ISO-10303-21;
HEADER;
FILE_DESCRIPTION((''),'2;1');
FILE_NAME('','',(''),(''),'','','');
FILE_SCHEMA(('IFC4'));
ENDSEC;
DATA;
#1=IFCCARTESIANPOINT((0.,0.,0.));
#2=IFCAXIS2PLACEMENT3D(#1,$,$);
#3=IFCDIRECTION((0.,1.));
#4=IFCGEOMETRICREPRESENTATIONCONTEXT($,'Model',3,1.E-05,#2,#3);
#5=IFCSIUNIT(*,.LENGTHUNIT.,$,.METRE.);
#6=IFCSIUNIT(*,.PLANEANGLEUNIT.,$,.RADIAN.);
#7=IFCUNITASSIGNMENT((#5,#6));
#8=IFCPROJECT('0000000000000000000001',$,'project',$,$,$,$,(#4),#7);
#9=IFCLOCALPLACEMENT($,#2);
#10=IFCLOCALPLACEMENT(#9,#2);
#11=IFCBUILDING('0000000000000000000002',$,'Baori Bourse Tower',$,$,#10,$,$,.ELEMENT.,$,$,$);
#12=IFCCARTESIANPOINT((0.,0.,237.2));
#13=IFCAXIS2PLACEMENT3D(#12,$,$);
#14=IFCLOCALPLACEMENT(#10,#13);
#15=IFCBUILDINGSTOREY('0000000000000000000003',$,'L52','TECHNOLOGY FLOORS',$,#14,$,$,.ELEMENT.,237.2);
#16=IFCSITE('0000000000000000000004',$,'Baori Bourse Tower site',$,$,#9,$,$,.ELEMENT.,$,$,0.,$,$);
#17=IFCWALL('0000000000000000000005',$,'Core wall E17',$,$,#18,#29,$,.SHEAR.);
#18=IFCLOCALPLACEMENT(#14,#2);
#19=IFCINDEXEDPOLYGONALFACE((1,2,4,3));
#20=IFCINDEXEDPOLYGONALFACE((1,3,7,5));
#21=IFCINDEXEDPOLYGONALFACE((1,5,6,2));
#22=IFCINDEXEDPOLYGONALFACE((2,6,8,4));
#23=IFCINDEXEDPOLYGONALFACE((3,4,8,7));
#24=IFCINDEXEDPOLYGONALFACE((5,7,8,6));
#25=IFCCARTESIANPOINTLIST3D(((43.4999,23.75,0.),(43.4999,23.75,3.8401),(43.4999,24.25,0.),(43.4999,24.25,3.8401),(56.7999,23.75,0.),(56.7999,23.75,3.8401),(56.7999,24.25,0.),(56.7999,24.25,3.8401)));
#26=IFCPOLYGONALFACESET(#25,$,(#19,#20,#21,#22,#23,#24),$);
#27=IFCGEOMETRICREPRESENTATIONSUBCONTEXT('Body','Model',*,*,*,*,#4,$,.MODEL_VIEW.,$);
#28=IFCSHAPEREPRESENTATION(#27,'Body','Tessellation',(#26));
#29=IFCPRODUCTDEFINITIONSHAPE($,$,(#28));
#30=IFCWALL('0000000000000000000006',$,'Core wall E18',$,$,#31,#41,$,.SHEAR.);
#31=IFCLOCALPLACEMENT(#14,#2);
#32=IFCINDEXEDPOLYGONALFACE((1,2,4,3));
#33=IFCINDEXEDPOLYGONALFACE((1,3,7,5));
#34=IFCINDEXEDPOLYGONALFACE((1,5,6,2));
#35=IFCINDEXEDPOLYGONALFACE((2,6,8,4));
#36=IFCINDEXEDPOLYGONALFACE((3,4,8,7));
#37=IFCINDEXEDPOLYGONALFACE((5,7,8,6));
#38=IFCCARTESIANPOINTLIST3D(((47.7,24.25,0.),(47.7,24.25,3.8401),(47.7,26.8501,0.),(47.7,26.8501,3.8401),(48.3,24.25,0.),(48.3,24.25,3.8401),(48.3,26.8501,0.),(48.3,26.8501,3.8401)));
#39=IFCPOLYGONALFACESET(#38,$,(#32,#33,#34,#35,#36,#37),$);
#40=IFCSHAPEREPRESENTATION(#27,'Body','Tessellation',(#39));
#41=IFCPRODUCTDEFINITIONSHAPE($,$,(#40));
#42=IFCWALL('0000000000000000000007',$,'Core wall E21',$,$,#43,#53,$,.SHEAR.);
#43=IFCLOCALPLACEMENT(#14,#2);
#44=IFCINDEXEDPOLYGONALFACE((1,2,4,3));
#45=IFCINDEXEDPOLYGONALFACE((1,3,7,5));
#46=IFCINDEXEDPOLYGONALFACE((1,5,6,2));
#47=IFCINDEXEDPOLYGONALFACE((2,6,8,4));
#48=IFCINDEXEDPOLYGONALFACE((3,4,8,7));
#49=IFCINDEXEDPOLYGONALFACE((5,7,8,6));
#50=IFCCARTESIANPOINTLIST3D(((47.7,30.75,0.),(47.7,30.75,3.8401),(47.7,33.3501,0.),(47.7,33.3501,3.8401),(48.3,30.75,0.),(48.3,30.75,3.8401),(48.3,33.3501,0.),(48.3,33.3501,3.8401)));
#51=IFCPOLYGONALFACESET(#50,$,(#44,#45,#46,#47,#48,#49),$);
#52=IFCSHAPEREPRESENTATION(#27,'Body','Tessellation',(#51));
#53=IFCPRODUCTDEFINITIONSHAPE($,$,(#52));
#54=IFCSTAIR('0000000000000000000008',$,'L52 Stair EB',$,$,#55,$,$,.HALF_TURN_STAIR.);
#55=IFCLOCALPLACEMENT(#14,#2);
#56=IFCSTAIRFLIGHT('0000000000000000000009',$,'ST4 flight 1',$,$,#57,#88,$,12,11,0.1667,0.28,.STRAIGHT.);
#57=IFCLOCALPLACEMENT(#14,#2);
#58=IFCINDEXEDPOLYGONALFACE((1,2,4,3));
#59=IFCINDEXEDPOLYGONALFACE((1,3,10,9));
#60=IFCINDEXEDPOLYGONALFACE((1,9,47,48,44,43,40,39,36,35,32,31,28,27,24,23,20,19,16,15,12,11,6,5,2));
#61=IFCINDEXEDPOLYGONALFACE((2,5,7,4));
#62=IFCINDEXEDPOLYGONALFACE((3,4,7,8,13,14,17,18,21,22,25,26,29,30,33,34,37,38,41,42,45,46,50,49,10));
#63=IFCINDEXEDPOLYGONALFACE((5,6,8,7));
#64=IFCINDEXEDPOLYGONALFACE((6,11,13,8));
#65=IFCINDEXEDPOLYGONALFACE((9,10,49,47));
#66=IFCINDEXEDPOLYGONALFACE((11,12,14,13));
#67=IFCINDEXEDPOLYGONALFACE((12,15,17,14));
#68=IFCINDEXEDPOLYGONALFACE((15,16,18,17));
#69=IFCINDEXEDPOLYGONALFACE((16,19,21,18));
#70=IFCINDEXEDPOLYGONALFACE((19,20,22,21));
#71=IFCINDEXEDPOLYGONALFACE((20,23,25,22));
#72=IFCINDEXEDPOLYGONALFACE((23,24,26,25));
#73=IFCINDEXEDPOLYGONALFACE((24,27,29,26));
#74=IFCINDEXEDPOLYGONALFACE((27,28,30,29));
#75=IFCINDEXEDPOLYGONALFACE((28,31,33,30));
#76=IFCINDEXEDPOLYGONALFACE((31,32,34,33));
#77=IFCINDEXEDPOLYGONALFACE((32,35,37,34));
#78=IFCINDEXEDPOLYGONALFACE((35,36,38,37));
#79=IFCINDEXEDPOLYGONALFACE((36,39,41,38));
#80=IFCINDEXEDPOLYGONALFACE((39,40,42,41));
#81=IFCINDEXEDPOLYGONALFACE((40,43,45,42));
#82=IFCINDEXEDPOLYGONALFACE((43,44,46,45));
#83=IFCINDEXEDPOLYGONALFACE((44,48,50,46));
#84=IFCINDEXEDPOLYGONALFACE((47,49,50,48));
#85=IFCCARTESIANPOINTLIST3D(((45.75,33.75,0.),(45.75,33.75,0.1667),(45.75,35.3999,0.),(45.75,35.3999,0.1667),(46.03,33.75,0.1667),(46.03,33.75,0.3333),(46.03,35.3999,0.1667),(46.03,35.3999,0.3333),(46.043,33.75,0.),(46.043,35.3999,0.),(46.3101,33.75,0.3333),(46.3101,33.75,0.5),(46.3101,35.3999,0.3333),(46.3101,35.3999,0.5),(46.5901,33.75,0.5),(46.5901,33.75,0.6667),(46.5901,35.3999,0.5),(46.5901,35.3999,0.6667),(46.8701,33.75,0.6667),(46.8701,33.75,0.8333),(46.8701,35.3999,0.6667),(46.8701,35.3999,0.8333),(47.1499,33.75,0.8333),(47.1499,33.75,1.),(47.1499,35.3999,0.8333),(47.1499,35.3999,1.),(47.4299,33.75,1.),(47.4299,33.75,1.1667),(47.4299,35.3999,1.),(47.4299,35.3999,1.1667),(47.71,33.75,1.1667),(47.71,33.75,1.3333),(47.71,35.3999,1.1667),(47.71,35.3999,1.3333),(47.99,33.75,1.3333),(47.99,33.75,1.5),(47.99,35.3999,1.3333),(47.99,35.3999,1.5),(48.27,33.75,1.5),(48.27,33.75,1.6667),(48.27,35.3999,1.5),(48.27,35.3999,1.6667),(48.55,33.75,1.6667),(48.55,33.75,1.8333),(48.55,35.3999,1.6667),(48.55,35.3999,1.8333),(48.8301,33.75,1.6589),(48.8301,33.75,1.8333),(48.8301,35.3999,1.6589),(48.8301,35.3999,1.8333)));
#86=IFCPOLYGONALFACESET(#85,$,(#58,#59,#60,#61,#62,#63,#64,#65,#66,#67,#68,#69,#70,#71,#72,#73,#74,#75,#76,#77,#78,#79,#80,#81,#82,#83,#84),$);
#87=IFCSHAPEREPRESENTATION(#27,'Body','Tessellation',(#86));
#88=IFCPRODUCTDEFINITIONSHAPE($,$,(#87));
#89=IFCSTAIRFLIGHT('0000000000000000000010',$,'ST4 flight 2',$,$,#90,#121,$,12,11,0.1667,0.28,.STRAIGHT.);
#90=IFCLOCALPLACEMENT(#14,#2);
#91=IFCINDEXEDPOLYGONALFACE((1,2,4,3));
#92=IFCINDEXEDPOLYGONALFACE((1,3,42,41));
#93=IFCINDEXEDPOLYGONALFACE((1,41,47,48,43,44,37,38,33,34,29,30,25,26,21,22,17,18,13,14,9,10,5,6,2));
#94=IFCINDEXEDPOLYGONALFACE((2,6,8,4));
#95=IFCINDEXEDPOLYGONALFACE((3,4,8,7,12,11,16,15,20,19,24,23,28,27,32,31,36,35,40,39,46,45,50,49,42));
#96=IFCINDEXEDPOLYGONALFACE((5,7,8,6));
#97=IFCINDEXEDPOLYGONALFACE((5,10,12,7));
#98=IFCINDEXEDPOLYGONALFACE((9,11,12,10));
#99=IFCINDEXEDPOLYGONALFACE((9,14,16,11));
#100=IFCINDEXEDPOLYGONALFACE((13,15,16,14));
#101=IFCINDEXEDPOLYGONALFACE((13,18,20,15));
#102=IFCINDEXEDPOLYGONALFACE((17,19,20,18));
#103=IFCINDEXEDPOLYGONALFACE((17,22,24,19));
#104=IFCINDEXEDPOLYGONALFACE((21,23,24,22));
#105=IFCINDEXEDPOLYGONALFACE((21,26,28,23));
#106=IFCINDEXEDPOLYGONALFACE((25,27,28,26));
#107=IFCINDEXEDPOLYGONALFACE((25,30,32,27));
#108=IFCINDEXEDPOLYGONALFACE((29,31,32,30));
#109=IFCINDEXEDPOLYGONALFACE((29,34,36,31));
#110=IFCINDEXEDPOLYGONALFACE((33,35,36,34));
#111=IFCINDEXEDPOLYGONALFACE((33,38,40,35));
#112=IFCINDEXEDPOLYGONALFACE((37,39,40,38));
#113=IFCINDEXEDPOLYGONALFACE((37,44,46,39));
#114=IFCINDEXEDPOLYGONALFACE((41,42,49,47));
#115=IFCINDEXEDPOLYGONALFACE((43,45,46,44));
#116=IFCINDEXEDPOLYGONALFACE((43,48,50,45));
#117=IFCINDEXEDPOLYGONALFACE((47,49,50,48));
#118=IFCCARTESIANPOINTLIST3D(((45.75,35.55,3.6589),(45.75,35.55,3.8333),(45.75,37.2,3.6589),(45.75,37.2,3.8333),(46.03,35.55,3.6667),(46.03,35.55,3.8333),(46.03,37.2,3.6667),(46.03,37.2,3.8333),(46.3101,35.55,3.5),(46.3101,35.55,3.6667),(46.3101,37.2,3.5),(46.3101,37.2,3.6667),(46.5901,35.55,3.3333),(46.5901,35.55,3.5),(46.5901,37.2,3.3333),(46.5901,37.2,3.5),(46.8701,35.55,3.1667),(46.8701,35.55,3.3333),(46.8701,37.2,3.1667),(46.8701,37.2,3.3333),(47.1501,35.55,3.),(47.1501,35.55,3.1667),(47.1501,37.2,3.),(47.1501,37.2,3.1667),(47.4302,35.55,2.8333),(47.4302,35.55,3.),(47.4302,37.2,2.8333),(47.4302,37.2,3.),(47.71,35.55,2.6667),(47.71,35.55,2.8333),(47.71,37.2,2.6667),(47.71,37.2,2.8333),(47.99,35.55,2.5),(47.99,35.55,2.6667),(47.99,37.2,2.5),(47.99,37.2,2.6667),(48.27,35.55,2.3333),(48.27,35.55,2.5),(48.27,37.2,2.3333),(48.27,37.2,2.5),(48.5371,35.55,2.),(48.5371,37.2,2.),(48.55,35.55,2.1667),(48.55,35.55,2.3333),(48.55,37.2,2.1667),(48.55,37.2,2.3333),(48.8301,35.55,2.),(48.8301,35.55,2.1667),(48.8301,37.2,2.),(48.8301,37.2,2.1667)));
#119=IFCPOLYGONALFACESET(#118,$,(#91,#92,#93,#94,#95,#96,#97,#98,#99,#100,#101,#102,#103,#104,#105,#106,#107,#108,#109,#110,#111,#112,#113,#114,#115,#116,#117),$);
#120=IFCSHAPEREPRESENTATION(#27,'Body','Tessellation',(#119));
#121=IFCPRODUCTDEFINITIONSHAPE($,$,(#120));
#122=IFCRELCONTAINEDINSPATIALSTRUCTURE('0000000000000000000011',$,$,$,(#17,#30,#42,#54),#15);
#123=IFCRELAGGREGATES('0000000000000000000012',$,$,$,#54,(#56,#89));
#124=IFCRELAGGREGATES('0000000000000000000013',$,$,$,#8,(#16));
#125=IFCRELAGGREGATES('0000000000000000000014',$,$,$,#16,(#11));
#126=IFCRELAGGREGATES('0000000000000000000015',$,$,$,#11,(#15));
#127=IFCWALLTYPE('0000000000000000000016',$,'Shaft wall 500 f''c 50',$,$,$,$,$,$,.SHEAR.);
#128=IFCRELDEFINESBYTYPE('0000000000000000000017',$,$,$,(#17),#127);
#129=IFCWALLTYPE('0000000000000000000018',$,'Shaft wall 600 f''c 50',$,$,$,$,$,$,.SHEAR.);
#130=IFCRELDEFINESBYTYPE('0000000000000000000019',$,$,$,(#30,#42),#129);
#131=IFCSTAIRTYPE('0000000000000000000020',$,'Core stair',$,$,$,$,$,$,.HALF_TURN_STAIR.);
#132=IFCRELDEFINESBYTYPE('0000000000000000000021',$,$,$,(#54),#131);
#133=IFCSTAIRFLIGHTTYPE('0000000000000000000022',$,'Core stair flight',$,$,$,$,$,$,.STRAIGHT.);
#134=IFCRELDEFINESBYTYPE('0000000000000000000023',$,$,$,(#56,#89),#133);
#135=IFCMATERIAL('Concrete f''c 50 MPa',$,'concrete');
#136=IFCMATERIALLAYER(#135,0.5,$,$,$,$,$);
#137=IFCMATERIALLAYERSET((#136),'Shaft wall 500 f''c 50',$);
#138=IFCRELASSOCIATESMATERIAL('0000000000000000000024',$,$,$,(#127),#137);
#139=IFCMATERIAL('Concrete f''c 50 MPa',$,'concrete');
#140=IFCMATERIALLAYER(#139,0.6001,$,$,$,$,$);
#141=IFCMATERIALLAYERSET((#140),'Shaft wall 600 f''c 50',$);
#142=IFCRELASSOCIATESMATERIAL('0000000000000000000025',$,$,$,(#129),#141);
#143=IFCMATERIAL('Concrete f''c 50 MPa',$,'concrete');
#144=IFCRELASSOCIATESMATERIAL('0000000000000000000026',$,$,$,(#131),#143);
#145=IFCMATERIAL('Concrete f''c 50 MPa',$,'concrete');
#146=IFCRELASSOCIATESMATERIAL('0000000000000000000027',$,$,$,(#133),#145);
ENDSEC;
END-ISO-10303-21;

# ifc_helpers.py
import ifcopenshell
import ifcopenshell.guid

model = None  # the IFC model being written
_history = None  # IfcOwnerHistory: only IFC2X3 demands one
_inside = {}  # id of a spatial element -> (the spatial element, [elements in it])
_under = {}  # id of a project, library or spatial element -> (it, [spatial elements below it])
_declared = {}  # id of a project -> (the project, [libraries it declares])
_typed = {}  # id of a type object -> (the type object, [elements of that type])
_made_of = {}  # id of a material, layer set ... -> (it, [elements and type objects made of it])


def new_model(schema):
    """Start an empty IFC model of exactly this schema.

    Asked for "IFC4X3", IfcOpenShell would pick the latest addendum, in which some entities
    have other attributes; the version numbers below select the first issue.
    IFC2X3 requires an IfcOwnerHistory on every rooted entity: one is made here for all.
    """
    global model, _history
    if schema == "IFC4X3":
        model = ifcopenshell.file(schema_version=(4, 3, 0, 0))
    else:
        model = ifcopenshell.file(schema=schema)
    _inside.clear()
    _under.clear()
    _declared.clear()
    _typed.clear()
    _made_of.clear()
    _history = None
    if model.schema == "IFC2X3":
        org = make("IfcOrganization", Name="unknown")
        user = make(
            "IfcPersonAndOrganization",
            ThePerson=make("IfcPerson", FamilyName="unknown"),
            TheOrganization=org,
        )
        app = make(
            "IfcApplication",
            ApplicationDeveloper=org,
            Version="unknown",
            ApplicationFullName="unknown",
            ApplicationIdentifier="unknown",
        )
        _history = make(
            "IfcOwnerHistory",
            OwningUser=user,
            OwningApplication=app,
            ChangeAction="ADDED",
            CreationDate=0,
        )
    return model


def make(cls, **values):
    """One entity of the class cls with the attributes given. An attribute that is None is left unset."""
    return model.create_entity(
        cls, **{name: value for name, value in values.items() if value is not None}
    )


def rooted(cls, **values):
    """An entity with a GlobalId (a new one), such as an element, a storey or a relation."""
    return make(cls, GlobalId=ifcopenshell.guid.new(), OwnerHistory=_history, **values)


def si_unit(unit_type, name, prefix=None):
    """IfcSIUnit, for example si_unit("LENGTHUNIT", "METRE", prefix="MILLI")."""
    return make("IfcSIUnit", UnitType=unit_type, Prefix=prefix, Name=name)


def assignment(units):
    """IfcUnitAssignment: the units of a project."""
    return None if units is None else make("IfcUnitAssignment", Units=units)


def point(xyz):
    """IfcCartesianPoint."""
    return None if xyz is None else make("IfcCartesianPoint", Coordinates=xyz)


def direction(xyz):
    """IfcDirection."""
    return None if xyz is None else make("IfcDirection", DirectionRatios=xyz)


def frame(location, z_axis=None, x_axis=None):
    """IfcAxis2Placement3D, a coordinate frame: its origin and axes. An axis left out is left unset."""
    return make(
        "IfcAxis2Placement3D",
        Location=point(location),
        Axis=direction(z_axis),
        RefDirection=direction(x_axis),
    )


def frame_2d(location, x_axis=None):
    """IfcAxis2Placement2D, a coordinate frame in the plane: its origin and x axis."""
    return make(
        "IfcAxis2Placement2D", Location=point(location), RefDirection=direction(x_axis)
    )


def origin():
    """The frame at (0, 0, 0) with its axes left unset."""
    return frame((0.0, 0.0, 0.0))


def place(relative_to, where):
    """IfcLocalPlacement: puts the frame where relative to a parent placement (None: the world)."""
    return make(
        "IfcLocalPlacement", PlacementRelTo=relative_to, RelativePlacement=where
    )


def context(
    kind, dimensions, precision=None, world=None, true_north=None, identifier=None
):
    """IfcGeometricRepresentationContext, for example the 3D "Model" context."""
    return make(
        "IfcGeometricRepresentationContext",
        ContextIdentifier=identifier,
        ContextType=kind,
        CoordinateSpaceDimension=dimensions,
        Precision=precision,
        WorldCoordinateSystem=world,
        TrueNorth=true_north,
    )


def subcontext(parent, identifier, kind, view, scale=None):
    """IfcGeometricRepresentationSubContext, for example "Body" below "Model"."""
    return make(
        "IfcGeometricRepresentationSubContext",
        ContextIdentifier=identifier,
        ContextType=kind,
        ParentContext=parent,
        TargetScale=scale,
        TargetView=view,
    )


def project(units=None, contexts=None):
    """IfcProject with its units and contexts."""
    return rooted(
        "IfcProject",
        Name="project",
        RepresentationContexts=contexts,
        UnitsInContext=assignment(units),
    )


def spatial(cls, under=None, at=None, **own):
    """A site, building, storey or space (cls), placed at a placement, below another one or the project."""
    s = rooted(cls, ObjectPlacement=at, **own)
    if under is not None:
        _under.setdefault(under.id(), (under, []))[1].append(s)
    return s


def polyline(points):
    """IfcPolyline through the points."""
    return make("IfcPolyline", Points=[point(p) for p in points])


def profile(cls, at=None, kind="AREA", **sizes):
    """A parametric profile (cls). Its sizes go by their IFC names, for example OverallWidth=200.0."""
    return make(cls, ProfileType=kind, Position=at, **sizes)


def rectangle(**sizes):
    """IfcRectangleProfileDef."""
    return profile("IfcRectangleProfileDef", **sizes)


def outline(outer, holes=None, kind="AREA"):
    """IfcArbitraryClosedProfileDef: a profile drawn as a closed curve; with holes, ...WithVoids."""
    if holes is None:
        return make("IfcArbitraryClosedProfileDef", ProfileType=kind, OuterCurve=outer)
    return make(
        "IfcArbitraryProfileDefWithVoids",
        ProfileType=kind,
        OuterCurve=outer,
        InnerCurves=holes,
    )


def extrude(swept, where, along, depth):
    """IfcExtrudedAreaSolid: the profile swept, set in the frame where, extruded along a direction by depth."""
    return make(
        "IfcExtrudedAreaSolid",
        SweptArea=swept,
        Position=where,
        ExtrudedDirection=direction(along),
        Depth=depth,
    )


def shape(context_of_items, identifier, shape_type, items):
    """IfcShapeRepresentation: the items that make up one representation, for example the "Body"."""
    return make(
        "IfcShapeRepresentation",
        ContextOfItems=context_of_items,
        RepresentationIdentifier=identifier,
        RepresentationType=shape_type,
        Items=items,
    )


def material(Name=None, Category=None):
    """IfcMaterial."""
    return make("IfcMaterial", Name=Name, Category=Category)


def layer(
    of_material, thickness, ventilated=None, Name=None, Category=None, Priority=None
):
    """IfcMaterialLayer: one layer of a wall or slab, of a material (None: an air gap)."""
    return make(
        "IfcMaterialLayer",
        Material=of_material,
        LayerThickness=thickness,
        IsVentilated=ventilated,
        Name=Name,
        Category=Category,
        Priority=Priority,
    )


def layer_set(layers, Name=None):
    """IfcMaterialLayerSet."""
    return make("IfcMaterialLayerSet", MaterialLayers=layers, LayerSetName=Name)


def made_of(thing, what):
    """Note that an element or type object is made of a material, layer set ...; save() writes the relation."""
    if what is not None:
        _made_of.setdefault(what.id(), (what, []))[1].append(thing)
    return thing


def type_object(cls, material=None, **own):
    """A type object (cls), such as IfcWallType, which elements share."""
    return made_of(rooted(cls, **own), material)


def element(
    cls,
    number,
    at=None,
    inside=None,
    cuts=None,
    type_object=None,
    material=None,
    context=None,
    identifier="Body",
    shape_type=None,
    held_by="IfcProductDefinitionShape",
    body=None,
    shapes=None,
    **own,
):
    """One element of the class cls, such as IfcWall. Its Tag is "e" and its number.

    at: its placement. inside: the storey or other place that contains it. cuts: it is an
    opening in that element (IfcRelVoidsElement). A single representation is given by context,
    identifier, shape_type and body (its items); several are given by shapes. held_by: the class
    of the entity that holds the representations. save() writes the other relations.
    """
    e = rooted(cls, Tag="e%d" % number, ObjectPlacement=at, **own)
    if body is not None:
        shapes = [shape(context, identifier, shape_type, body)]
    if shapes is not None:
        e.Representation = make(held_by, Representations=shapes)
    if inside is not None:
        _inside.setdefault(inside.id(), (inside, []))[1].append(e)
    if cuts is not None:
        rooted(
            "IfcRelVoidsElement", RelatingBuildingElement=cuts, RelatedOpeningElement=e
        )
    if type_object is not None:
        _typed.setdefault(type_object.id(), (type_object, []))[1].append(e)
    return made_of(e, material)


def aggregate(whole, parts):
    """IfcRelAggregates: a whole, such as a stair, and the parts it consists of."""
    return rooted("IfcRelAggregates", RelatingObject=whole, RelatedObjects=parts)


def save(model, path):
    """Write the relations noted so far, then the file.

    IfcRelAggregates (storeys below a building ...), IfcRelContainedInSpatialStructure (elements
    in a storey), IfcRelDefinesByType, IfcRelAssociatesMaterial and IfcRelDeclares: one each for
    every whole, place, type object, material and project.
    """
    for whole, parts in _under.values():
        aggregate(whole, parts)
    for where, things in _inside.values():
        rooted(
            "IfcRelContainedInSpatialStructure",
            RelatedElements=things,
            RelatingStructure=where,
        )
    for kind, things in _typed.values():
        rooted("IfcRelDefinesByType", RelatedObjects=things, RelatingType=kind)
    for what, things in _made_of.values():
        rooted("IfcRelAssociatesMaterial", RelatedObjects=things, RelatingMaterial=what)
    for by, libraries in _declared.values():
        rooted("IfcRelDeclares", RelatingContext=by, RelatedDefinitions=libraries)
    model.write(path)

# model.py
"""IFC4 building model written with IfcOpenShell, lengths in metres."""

from ifc_helpers import new_model, si_unit, direction, frame, frame_2d, origin, place, context, subcontext, project, spatial, polyline, rectangle, outline, extrude, material, layer, layer_set, type_object, element, aggregate, save


model = new_model("IFC4")

# Units and contexts
model_context = context("Model", 3, precision=1e-05, world=origin(), true_north=direction((0.0, 1.0)))
body_context = subcontext(model_context, "Body", "Model", "MODEL_VIEW")
ifc_project = project(units=[si_unit("LENGTHUNIT", "METRE"), si_unit("PLANEANGLEUNIT", "RADIAN")], contexts=[model_context])

# Site, building, storey
site_placement = place(None, origin())
site = spatial("IfcSite", under=ifc_project, at=site_placement, Name="Baori Bourse Tower site", CompositionType="ELEMENT", RefElevation=0.0)
building_placement = place(site_placement, origin())
building = spatial("IfcBuilding", under=site, at=building_placement, Name="Baori Bourse Tower", CompositionType="ELEMENT")
storey_placement = place(building_placement, frame((0.0, 0.0, 237.2)))
storey = spatial("IfcBuildingStorey", under=building, at=storey_placement, Name="L52", Description="TECHNOLOGY FLOORS", CompositionType="ELEMENT", Elevation=237.2)

# Walls
ifc_material_1 = material(Name="Concrete f'c 50 MPa", Category="concrete")
ifc_layer_1 = layer(ifc_material_1, 0.5)
ifc_layer_set_1 = layer_set([ifc_layer_1], Name="Shaft wall 500 f'c 50")
wall_type_1 = type_object("IfcWallType", Name="Shaft wall 500 f'c 50", PredefinedType="SHEAR", material=ifc_layer_set_1)
wall_1_placement = place(storey_placement, frame((43.5, 24.0, 0.0), z_axis=(0.0, 0.0, 1.0), x_axis=(1.0, 0.0, 0.0)))
element("IfcWall", 1, at=wall_1_placement, inside=storey, type_object=wall_type_1, Name="Core wall E17", PredefinedType="SHEAR", context=body_context, shape_type="SweptSolid", body=[
    extrude(rectangle(XDim=13.3, YDim=0.5, at=frame_2d((6.6499, 0.0))), origin(), (0.0, 0.0, 1.0), 3.8401),
])
ifc_material_2 = material(Name="Concrete f'c 50 MPa", Category="concrete")
ifc_layer_2 = layer(ifc_material_2, 0.6001)
ifc_layer_set_2 = layer_set([ifc_layer_2], Name="Shaft wall 600 f'c 50")
wall_type_2 = type_object("IfcWallType", Name="Shaft wall 600 f'c 50", PredefinedType="SHEAR", material=ifc_layer_set_2)
for number, where, z_axis, x_axis, name in (
    (2, (48.0, 24.25, 0.0), (0.0, 0.0, 1.0), (0.0, 1.0, 0.0), "Core wall E18"),
    (3, (48.0, 30.75, 0.0), (0.0, 0.0, 1.0), (0.0, 1.0, 0.0), "Core wall E21"),
):
    element("IfcWall", number, at=place(storey_placement, frame(where, z_axis=z_axis, x_axis=x_axis)), inside=storey, type_object=wall_type_2, Name=name, PredefinedType="SHEAR", context=body_context, shape_type="SweptSolid", body=[
        extrude(rectangle(XDim=2.6001, YDim=0.6001, at=frame_2d((1.3, 0.0))), origin(), (0.0, 0.0, 1.0), 3.8401),
    ])

# Stair, stair flights
ifc_material_3 = material(Name="Concrete f'c 50 MPa", Category="concrete")
stair_type = type_object("IfcStairType", Name="Core stair", PredefinedType="HALF_TURN_STAIR", material=ifc_material_3)
stair_placement = place(storey_placement, origin())
stair = element("IfcStair", 4, at=stair_placement, inside=storey, type_object=stair_type, Name="L52 Stair EB", PredefinedType="HALF_TURN_STAIR")
ifc_material_4 = material(Name="Concrete f'c 50 MPa", Category="concrete")
stair_flight_type = type_object("IfcStairFlightType", Name="Core stair flight", PredefinedType="STRAIGHT", material=ifc_material_4)
stair_flight_1_placement = place(storey_placement, frame((45.75, 34.575, 0.0), z_axis=(0.0, 0.0, 1.0), x_axis=(1.0, 0.0, 0.0)))
stair_flight_1 = element("IfcStairFlight", 5, at=stair_flight_1_placement, type_object=stair_flight_type, Name="ST4 flight 1", NumberOfRisers=12, NumberOfTreads=11, PredefinedType="STRAIGHT", RiserHeight=0.1667, TreadLength=0.28, context=body_context, shape_type="SweptSolid", body=[
    extrude(outline(polyline([(0.0, 0.0), (0.0, 0.1667), (0.28, 0.1667), (0.28, 0.3333), (0.5601, 0.3333), (0.5601, 0.5), (0.8401, 0.5), (0.8401, 0.6667), (1.1201, 0.6667), (1.1201, 0.8333), (1.3999, 0.8333), (1.3999, 1.0), (1.6799, 1.0), (1.6799, 1.1667), (1.96, 1.1667), (1.96, 1.3333), (2.24, 1.3333), (2.24, 1.5), (2.52, 1.5), (2.52, 1.6667), (2.8, 1.6667), (2.8, 1.8333), (3.0801, 1.8333), (3.0801, 2.0), (3.0801, 1.6589), (0.293, 0.0), (0.0, 0.0)])), frame((0.0, 0.825, 0.0), z_axis=(0.0, -1.0, 0.0), x_axis=(1.0, 0.0, 0.0)), (0.0, 0.0, 1.0), 1.6499),
])
stair_flight_2_placement = place(storey_placement, frame((48.8301, 36.375, 2.0), z_axis=(0.0, 0.0, 1.0), x_axis=(-1.0, 0.0, 0.0)))
stair_flight_2 = element("IfcStairFlight", 6, at=stair_flight_2_placement, type_object=stair_flight_type, Name="ST4 flight 2", NumberOfRisers=12, NumberOfTreads=11, PredefinedType="STRAIGHT", RiserHeight=0.1667, TreadLength=0.28, context=body_context, shape_type="SweptSolid", body=[
    extrude(outline(polyline([(0.0, 0.0), (0.0, 0.1667), (0.28, 0.1667), (0.28, 0.3333), (0.5601, 0.3333), (0.5601, 0.5), (0.8401, 0.5), (0.8401, 0.6667), (1.1201, 0.6667), (1.1201, 0.8333), (1.3999, 0.8333), (1.3999, 1.0), (1.6799, 1.0), (1.6799, 1.1667), (1.96, 1.1667), (1.96, 1.3333), (2.24, 1.3333), (2.24, 1.5), (2.52, 1.5), (2.52, 1.6667), (2.8, 1.6667), (2.8, 1.8333), (3.0801, 1.8333), (3.0801, 2.0), (3.0801, 1.6589), (0.293, 0.0), (0.0, 0.0)])), frame((0.0, 0.825, 0.0), z_axis=(0.0, -1.0, 0.0), x_axis=(1.0, 0.0, 0.0)), (0.0, 0.0, 1.0), 1.6499),
])
aggregate(stair, [stair_flight_1, stair_flight_2])

save(model, "model.ifc")
